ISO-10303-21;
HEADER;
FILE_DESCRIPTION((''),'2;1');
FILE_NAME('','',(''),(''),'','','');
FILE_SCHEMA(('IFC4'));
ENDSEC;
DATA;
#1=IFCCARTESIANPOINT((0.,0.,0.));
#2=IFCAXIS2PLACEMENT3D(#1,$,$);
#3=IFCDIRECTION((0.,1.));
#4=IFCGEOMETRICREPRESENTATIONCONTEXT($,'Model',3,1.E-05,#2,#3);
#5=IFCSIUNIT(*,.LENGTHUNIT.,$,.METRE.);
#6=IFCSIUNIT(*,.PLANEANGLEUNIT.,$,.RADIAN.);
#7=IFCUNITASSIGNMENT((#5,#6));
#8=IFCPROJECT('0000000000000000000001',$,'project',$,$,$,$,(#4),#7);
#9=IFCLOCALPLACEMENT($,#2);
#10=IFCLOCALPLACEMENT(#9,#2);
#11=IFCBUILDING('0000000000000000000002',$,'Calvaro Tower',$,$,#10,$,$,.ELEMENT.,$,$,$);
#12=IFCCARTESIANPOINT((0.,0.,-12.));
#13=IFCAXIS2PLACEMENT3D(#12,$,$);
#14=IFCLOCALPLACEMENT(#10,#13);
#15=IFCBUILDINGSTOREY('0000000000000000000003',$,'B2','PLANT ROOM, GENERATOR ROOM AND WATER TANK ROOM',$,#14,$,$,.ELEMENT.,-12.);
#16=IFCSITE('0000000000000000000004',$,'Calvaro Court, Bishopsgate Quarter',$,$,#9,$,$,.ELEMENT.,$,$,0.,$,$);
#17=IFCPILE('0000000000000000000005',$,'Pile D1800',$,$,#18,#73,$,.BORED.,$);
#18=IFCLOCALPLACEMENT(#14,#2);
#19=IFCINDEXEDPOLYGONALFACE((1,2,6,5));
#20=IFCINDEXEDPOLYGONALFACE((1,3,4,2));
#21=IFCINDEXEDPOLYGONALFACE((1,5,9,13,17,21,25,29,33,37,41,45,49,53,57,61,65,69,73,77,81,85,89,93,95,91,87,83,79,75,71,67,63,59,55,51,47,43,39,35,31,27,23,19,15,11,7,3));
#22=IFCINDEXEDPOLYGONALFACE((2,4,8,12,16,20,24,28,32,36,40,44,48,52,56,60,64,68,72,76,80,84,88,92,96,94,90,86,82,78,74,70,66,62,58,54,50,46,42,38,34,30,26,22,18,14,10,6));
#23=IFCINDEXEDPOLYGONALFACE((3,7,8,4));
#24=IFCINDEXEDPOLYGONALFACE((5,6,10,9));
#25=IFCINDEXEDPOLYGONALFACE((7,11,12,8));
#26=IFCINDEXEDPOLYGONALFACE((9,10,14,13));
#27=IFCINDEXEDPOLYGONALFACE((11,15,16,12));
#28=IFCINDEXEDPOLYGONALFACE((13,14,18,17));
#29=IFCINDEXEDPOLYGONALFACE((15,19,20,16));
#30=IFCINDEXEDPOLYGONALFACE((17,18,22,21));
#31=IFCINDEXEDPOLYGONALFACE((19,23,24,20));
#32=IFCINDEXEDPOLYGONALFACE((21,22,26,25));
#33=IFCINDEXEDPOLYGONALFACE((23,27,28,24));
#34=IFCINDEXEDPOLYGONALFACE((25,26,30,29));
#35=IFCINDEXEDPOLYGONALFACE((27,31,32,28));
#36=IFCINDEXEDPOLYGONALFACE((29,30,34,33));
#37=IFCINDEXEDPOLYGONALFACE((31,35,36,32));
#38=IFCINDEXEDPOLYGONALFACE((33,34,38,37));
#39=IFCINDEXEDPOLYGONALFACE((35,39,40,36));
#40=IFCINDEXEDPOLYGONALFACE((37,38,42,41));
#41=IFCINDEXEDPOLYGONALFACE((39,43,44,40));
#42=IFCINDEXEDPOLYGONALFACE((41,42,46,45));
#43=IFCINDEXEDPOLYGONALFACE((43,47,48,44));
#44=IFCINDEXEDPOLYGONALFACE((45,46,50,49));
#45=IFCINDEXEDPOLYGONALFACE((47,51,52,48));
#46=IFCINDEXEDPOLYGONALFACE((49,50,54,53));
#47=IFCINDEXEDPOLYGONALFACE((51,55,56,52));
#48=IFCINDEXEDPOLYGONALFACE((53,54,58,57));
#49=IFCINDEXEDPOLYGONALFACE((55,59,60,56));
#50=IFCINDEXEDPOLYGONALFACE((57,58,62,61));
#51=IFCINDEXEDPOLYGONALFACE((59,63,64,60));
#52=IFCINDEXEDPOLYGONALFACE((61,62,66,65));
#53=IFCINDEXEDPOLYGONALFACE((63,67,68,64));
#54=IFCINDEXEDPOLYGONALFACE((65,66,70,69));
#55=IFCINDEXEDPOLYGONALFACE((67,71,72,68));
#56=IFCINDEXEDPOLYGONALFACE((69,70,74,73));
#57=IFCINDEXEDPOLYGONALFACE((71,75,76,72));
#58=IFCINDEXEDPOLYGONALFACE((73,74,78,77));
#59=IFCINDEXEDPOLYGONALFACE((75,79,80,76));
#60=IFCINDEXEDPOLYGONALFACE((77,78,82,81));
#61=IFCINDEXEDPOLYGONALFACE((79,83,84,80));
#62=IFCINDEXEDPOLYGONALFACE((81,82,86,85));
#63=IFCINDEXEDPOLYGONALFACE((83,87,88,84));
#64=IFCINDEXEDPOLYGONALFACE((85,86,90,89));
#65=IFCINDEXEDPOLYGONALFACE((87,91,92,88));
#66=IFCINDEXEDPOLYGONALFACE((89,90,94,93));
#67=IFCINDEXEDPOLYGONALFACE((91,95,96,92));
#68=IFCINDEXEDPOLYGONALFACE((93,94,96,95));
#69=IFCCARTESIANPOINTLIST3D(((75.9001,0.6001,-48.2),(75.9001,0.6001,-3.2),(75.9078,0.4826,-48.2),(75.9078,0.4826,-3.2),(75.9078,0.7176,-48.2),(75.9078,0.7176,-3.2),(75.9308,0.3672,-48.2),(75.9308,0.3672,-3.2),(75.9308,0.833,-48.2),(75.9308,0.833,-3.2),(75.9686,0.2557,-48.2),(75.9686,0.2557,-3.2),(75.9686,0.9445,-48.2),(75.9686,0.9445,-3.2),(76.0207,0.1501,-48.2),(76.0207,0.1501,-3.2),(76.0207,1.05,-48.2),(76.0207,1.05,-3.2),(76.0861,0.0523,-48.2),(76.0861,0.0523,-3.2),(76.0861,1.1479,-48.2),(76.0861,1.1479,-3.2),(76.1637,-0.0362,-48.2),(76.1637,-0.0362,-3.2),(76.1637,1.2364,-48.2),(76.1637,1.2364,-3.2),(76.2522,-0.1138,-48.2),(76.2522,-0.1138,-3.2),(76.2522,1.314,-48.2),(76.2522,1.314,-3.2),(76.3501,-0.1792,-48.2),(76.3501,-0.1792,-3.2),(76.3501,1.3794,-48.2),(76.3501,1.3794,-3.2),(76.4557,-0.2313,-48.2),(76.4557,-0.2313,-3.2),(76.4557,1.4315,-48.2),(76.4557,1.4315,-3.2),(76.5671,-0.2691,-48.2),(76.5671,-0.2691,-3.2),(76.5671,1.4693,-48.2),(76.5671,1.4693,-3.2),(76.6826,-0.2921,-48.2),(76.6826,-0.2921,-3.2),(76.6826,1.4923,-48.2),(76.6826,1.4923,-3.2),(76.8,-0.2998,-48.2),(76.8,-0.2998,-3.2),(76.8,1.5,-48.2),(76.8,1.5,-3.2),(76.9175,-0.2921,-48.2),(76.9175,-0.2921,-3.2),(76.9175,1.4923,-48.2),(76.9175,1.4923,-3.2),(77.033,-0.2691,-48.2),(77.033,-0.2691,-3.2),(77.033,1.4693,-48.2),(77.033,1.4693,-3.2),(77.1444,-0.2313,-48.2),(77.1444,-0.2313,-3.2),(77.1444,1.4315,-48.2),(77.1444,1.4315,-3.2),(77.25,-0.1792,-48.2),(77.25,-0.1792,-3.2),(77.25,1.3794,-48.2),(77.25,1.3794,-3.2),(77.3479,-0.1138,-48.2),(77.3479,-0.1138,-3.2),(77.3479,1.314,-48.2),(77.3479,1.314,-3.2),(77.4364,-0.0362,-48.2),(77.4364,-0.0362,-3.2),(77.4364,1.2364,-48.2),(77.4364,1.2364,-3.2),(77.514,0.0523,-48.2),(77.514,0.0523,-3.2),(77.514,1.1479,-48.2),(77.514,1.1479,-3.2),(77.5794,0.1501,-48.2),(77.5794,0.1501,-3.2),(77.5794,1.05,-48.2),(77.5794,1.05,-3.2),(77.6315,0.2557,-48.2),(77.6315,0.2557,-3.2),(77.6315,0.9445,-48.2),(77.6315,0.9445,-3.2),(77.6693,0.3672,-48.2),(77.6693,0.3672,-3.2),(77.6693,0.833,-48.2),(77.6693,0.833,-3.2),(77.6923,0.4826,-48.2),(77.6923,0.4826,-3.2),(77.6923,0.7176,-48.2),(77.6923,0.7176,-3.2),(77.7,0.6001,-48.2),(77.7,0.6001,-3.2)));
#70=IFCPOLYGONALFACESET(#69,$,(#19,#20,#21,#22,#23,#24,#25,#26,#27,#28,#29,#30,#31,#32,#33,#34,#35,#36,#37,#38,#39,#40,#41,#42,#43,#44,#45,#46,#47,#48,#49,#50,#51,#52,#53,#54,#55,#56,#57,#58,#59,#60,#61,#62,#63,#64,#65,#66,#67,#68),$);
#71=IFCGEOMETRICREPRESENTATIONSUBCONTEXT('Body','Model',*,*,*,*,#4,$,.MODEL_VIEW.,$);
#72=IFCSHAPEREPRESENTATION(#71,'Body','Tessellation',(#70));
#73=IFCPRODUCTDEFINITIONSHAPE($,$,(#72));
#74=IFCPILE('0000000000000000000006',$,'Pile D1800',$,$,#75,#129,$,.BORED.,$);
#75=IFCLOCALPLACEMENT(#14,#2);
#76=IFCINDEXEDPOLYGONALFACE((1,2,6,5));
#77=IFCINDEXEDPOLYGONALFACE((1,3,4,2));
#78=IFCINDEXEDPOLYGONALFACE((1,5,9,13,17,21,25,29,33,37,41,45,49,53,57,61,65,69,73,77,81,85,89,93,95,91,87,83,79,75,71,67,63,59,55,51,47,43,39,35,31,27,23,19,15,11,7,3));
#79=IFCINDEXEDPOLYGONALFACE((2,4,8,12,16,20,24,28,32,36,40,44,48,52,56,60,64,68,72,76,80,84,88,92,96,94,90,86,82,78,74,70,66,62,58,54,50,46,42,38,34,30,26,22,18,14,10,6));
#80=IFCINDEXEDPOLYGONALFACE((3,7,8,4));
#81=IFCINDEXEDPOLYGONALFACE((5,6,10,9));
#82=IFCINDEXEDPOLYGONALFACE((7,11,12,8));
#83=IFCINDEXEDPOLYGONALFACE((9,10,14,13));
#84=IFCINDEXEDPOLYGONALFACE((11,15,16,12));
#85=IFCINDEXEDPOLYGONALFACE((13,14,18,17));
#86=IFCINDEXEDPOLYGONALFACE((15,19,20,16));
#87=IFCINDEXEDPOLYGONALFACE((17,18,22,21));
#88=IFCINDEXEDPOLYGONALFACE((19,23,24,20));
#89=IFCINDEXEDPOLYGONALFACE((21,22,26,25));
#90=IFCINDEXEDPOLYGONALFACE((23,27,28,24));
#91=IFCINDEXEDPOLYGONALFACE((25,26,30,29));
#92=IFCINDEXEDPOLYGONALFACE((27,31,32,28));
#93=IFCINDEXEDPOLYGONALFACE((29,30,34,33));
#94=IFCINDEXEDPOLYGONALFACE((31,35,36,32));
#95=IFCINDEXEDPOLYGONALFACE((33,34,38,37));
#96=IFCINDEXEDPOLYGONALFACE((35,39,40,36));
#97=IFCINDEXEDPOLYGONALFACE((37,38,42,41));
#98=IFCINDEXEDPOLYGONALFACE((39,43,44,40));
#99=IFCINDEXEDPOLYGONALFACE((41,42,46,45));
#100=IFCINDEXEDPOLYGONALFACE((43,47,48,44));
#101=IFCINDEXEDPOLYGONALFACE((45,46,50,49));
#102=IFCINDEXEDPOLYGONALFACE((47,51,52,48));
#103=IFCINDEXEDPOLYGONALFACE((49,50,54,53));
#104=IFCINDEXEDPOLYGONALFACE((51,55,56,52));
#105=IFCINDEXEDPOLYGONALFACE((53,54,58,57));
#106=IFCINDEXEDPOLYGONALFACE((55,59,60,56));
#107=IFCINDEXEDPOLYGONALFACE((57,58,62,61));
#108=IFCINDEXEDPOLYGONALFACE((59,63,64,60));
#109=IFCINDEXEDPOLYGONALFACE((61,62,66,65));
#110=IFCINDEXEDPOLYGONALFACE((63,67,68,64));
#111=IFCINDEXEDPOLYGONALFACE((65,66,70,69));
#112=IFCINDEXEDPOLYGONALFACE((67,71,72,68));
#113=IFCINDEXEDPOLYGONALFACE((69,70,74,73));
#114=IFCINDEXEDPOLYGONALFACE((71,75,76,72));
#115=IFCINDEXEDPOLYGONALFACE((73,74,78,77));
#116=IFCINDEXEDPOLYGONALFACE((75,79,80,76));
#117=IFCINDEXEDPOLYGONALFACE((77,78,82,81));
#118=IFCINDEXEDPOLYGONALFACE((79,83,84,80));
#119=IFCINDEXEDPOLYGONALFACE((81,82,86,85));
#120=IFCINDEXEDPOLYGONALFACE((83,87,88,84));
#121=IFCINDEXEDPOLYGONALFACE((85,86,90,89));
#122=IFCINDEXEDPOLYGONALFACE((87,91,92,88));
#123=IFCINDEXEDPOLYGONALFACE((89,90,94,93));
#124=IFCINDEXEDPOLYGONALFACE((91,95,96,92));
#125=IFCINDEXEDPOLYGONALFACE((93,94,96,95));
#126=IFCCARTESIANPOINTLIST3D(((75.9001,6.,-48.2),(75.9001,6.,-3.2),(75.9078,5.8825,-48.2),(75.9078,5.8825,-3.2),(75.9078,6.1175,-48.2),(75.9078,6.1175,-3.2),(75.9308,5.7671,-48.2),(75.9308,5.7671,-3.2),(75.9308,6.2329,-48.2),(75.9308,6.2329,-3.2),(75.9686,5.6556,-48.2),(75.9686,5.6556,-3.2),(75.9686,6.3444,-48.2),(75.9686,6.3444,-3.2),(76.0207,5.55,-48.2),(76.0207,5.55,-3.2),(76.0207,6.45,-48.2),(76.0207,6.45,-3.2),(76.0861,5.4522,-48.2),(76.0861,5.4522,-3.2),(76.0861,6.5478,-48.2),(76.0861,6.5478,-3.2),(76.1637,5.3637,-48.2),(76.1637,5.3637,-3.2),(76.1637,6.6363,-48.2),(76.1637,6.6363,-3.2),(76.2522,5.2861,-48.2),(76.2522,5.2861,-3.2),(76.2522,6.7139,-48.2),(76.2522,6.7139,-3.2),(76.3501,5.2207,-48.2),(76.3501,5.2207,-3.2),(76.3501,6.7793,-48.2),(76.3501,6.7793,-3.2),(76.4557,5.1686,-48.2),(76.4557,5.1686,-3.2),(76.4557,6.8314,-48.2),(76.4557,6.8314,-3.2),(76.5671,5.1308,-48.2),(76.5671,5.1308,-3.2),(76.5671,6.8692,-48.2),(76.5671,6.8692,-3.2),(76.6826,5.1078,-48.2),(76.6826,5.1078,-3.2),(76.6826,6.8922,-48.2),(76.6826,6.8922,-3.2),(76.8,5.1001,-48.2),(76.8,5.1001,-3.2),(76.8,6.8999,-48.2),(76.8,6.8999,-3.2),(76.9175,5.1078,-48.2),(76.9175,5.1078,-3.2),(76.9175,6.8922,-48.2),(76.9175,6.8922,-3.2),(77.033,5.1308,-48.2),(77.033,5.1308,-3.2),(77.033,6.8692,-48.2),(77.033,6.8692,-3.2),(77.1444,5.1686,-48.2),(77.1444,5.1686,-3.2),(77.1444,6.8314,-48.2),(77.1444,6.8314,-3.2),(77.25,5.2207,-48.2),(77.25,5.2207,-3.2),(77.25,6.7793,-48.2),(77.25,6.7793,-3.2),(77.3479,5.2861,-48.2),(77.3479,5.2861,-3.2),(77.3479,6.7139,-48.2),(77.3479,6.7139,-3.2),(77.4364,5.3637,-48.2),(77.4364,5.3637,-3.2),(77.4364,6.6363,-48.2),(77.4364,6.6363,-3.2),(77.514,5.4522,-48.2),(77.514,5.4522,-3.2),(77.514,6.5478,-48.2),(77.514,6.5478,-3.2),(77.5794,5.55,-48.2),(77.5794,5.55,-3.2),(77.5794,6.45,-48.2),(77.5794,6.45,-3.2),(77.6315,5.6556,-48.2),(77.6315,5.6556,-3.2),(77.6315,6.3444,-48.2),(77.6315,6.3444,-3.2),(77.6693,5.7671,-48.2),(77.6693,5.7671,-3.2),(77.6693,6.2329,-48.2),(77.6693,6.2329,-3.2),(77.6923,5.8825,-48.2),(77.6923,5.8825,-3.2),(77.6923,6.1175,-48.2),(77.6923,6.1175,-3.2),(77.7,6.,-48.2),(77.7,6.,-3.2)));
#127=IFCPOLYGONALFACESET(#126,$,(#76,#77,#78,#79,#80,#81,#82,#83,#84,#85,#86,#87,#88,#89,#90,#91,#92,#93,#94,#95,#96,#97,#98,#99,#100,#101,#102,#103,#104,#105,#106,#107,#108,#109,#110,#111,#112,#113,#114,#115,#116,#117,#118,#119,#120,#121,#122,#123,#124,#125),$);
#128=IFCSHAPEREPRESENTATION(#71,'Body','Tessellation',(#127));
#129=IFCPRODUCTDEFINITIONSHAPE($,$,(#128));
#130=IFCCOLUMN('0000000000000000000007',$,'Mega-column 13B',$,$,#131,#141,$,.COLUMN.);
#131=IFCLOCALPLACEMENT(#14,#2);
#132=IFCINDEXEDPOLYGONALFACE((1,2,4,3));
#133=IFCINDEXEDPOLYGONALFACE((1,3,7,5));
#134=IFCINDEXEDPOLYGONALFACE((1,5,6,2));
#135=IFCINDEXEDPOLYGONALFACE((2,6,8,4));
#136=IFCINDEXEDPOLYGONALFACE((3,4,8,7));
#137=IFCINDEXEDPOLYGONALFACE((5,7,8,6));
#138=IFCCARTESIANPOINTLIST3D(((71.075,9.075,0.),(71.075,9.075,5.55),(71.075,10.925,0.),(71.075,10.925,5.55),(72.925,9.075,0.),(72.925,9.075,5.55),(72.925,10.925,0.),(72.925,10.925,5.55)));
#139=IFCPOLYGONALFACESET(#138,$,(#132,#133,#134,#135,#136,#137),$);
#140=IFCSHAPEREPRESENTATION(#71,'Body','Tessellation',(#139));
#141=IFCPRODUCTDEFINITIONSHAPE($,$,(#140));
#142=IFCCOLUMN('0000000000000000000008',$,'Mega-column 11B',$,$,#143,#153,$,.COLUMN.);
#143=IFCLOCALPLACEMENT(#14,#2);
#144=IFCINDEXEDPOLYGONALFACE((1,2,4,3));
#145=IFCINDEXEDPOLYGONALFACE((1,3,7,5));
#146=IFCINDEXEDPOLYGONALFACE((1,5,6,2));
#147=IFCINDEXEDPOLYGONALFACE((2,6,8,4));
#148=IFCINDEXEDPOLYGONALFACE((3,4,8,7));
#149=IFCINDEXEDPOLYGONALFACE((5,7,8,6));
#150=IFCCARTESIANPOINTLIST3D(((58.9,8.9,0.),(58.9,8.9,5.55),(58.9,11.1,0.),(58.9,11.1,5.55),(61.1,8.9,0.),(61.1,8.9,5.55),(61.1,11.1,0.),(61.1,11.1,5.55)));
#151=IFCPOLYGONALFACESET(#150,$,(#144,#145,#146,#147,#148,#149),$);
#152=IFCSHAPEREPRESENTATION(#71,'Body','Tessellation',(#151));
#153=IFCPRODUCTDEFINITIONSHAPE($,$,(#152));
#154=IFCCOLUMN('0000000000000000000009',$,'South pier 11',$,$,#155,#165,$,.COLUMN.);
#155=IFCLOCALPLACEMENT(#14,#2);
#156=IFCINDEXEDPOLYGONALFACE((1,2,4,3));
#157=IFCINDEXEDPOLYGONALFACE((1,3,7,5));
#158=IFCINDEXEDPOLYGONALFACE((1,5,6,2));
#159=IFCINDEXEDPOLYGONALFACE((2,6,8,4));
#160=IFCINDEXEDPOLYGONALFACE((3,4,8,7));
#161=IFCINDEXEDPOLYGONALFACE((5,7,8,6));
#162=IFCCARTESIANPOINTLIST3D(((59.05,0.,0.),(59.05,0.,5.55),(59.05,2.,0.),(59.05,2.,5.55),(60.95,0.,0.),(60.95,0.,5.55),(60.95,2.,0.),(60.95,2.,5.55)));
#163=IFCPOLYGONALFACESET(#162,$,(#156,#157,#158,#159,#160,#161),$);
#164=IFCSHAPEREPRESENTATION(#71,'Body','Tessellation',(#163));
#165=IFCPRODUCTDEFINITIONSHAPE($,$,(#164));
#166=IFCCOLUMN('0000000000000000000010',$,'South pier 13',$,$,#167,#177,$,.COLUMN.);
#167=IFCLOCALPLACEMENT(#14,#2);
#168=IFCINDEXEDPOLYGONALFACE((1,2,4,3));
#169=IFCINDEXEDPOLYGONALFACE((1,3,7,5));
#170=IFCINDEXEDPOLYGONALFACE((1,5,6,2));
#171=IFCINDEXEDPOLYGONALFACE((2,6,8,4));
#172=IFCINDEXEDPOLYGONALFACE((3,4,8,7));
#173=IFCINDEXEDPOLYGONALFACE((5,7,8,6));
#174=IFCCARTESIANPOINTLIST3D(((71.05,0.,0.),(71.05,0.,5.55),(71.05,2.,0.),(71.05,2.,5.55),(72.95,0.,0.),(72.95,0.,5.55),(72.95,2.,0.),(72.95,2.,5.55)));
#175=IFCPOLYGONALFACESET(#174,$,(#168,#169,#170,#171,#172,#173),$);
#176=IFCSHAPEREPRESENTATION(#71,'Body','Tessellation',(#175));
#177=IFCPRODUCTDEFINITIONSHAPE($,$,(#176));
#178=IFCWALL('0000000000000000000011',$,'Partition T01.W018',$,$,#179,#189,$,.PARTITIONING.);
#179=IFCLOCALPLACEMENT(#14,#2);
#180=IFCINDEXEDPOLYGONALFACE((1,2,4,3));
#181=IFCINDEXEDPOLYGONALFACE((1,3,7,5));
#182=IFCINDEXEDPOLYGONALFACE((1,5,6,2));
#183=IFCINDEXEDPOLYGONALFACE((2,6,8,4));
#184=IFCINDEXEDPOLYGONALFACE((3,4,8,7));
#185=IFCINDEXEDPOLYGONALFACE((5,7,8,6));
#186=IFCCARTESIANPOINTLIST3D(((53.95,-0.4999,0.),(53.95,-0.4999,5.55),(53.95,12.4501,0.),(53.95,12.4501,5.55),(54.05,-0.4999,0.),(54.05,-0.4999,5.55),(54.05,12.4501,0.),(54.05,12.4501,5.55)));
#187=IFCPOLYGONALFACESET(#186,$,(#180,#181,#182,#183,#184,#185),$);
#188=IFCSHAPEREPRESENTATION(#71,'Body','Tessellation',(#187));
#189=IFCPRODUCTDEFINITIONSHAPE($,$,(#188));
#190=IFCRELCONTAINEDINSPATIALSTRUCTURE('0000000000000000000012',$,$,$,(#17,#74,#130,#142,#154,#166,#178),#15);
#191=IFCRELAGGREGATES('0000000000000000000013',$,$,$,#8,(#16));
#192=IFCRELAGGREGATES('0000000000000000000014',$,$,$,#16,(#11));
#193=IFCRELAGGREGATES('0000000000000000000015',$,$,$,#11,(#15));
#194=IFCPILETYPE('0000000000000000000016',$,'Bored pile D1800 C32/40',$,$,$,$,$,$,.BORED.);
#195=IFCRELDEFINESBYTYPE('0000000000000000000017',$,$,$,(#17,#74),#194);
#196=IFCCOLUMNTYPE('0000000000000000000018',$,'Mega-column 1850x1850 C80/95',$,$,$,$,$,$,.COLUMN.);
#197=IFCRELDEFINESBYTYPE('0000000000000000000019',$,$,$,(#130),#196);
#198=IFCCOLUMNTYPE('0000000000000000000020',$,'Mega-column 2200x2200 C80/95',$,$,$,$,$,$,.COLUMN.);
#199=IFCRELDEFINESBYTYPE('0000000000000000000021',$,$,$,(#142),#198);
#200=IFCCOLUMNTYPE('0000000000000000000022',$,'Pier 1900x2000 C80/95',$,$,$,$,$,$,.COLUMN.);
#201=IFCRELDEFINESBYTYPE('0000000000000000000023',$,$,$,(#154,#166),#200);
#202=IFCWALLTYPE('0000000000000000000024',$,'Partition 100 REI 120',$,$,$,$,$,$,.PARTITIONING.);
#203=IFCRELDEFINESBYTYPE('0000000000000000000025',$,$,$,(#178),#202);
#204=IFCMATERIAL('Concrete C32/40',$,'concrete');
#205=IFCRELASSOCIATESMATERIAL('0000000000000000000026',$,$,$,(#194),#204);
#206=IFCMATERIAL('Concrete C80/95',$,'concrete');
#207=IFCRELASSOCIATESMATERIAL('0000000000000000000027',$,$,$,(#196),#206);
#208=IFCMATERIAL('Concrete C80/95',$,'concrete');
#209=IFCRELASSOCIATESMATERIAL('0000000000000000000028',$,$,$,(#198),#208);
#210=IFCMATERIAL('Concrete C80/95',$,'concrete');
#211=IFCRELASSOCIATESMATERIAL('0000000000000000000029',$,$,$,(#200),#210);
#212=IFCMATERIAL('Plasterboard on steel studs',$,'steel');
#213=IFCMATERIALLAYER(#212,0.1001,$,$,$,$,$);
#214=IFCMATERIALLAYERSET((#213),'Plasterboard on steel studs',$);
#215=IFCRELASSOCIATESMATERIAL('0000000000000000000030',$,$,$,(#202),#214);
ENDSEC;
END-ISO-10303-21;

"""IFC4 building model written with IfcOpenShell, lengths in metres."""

from ifc_helpers import new_model, si_unit, direction, frame, frame_2d, origin, origin_2d, place, context, subcontext, project, spatial, rectangle, circle, extrude, material, layer, layer_set, material_profile, profile_set, type_object, element, save


model = new_model("IFC4")

# Units and contexts
model_context = context("Model", 3, precision=1e-05, world=origin(), true_north=direction((0.0, 1.0)))
body_context = subcontext(model_context, "Body", "Model", "MODEL_VIEW")
ifc_project = project(units=[si_unit("LENGTHUNIT", "METRE"), si_unit("PLANEANGLEUNIT", "RADIAN")], contexts=[model_context])

# Site, building, storey
site_placement = place(None, origin())
site = spatial("IfcSite", under=ifc_project, at=site_placement, Name="Calvaro Court, Bishopsgate Quarter", CompositionType="ELEMENT", RefElevation=0.0)
building_placement = place(site_placement, origin())
building = spatial("IfcBuilding", under=site, at=building_placement, Name="Calvaro Tower", CompositionType="ELEMENT")
storey_placement = place(building_placement, frame((0.0, 0.0, -12.0)))
storey = spatial("IfcBuildingStorey", under=building, at=storey_placement, Name="B2", Description="PLANT ROOM, GENERATOR ROOM AND WATER TANK ROOM", CompositionType="ELEMENT", Elevation=-12.0)

# Piles
ifc_material_1 = material(Name="Concrete C32/40", Category="concrete")
ifc_material_profile_1 = material_profile(ifc_material_1, circle(Radius=0.8999, at=origin_2d()), Name="Bored pile D1800")
ifc_profile_set_1 = profile_set([ifc_material_profile_1], Name="Concrete C32/40")
pile_type = type_object("IfcPileType", Name="Bored pile D1800 C32/40", PredefinedType="BORED", material=ifc_profile_set_1)
for number, where, z_axis, x_axis, name in (
    (1, (76.8, 0.6001, -3.2), (0.0, 0.0, -1.0), (1.0, 0.0, 0.0), "Pile D1800"),
    (2, (76.8, 6.0, -3.2), (0.0, 0.0, -1.0), (1.0, 0.0, 0.0), "Pile D1800"),
):
    element("IfcPile", number, at=place(storey_placement, frame(where, z_axis=z_axis, x_axis=x_axis)), inside=storey, type_object=pile_type, Name=name, PredefinedType="BORED", context=body_context, shape_type="SweptSolid", body=[
        extrude(circle(Radius=0.8999, at=origin_2d()), origin(), (0.0, 0.0, 1.0), 45.0),
    ])

# Columns
ifc_material_2 = material(Name="Concrete C80/95", Category="concrete")
ifc_material_profile_2 = material_profile(ifc_material_2, rectangle(XDim=1.8501, YDim=1.8501, at=origin_2d()), Name="RC 1850x1850")
ifc_profile_set_2 = profile_set([ifc_material_profile_2], Name="Concrete C80/95")
column_type_1 = type_object("IfcColumnType", Name="Mega-column 1850x1850 C80/95", PredefinedType="COLUMN", material=ifc_profile_set_2)
column_1_placement = place(storey_placement, frame((72.0, 10.0, 0.0), z_axis=(0.0, 0.0, 1.0), x_axis=(1.0, 0.0, 0.0)))
element("IfcColumn", 3, at=column_1_placement, inside=storey, type_object=column_type_1, Name="Mega-column 13B", PredefinedType="COLUMN", context=body_context, shape_type="SweptSolid", body=[
    extrude(rectangle(XDim=1.8501, YDim=1.8501, at=origin_2d()), origin(), (0.0, 0.0, 1.0), 5.55),
])
ifc_material_3 = material(Name="Concrete C80/95", Category="concrete")
ifc_material_profile_3 = material_profile(ifc_material_3, rectangle(XDim=2.2, YDim=2.2, at=origin_2d()), Name="RC 2200x2200")
ifc_profile_set_3 = profile_set([ifc_material_profile_3], Name="Concrete C80/95")
column_type_2 = type_object("IfcColumnType", Name="Mega-column 2200x2200 C80/95", PredefinedType="COLUMN", material=ifc_profile_set_3)
column_2_placement = place(storey_placement, frame((60.0, 10.0, 0.0), z_axis=(0.0, 0.0, 1.0), x_axis=(1.0, 0.0, 0.0)))
element("IfcColumn", 4, at=column_2_placement, inside=storey, type_object=column_type_2, Name="Mega-column 11B", PredefinedType="COLUMN", context=body_context, shape_type="SweptSolid", body=[
    extrude(rectangle(XDim=2.2, YDim=2.2, at=origin_2d()), origin(), (0.0, 0.0, 1.0), 5.55),
])
ifc_material_4 = material(Name="Concrete C80/95", Category="concrete")
ifc_material_profile_4 = material_profile(ifc_material_4, rectangle(XDim=1.8999, YDim=2.0, at=origin_2d()), Name="RC 1900x2000")
ifc_profile_set_4 = profile_set([ifc_material_profile_4], Name="Concrete C80/95")
column_type_3 = type_object("IfcColumnType", Name="Pier 1900x2000 C80/95", PredefinedType="COLUMN", material=ifc_profile_set_4)
for number, where, z_axis, x_axis, name in (
    (5, (60.0, 1.0, 0.0), (0.0, 0.0, 1.0), (1.0, 0.0, 0.0), "South pier 11"),
    (6, (72.0, 1.0, 0.0), (0.0, 0.0, 1.0), (1.0, 0.0, 0.0), "South pier 13"),
):
    element("IfcColumn", number, at=place(storey_placement, frame(where, z_axis=z_axis, x_axis=x_axis)), inside=storey, type_object=column_type_3, Name=name, PredefinedType="COLUMN", context=body_context, shape_type="SweptSolid", body=[
        extrude(rectangle(XDim=1.8999, YDim=2.0, at=origin_2d()), origin(), (0.0, 0.0, 1.0), 5.55),
    ])

# Wall
ifc_material_5 = material(Name="Plasterboard on steel studs", Category="steel")
ifc_layer_1 = layer(ifc_material_5, 0.1001)
ifc_layer_set_1 = layer_set([ifc_layer_1], Name="Plasterboard on steel studs")
wall_type_1 = type_object("IfcWallType", Name="Partition 100 REI 120", PredefinedType="PARTITIONING", material=ifc_layer_set_1)
wall_1_placement = place(storey_placement, frame((54.0, -0.5, 0.0), z_axis=(0.0, 0.0, 1.0), x_axis=(0.0, 1.0, 0.0)))
element("IfcWall", 7, at=wall_1_placement, inside=storey, type_object=wall_type_1, Name="Partition T01.W018", PredefinedType="PARTITIONING", context=body_context, shape_type="SweptSolid", body=[
    extrude(rectangle(XDim=12.95, YDim=0.1001, at=frame_2d((6.4751, 0.0))), origin(), (0.0, 0.0, 1.0), 5.55),
])

save(model, "model.ifc")
